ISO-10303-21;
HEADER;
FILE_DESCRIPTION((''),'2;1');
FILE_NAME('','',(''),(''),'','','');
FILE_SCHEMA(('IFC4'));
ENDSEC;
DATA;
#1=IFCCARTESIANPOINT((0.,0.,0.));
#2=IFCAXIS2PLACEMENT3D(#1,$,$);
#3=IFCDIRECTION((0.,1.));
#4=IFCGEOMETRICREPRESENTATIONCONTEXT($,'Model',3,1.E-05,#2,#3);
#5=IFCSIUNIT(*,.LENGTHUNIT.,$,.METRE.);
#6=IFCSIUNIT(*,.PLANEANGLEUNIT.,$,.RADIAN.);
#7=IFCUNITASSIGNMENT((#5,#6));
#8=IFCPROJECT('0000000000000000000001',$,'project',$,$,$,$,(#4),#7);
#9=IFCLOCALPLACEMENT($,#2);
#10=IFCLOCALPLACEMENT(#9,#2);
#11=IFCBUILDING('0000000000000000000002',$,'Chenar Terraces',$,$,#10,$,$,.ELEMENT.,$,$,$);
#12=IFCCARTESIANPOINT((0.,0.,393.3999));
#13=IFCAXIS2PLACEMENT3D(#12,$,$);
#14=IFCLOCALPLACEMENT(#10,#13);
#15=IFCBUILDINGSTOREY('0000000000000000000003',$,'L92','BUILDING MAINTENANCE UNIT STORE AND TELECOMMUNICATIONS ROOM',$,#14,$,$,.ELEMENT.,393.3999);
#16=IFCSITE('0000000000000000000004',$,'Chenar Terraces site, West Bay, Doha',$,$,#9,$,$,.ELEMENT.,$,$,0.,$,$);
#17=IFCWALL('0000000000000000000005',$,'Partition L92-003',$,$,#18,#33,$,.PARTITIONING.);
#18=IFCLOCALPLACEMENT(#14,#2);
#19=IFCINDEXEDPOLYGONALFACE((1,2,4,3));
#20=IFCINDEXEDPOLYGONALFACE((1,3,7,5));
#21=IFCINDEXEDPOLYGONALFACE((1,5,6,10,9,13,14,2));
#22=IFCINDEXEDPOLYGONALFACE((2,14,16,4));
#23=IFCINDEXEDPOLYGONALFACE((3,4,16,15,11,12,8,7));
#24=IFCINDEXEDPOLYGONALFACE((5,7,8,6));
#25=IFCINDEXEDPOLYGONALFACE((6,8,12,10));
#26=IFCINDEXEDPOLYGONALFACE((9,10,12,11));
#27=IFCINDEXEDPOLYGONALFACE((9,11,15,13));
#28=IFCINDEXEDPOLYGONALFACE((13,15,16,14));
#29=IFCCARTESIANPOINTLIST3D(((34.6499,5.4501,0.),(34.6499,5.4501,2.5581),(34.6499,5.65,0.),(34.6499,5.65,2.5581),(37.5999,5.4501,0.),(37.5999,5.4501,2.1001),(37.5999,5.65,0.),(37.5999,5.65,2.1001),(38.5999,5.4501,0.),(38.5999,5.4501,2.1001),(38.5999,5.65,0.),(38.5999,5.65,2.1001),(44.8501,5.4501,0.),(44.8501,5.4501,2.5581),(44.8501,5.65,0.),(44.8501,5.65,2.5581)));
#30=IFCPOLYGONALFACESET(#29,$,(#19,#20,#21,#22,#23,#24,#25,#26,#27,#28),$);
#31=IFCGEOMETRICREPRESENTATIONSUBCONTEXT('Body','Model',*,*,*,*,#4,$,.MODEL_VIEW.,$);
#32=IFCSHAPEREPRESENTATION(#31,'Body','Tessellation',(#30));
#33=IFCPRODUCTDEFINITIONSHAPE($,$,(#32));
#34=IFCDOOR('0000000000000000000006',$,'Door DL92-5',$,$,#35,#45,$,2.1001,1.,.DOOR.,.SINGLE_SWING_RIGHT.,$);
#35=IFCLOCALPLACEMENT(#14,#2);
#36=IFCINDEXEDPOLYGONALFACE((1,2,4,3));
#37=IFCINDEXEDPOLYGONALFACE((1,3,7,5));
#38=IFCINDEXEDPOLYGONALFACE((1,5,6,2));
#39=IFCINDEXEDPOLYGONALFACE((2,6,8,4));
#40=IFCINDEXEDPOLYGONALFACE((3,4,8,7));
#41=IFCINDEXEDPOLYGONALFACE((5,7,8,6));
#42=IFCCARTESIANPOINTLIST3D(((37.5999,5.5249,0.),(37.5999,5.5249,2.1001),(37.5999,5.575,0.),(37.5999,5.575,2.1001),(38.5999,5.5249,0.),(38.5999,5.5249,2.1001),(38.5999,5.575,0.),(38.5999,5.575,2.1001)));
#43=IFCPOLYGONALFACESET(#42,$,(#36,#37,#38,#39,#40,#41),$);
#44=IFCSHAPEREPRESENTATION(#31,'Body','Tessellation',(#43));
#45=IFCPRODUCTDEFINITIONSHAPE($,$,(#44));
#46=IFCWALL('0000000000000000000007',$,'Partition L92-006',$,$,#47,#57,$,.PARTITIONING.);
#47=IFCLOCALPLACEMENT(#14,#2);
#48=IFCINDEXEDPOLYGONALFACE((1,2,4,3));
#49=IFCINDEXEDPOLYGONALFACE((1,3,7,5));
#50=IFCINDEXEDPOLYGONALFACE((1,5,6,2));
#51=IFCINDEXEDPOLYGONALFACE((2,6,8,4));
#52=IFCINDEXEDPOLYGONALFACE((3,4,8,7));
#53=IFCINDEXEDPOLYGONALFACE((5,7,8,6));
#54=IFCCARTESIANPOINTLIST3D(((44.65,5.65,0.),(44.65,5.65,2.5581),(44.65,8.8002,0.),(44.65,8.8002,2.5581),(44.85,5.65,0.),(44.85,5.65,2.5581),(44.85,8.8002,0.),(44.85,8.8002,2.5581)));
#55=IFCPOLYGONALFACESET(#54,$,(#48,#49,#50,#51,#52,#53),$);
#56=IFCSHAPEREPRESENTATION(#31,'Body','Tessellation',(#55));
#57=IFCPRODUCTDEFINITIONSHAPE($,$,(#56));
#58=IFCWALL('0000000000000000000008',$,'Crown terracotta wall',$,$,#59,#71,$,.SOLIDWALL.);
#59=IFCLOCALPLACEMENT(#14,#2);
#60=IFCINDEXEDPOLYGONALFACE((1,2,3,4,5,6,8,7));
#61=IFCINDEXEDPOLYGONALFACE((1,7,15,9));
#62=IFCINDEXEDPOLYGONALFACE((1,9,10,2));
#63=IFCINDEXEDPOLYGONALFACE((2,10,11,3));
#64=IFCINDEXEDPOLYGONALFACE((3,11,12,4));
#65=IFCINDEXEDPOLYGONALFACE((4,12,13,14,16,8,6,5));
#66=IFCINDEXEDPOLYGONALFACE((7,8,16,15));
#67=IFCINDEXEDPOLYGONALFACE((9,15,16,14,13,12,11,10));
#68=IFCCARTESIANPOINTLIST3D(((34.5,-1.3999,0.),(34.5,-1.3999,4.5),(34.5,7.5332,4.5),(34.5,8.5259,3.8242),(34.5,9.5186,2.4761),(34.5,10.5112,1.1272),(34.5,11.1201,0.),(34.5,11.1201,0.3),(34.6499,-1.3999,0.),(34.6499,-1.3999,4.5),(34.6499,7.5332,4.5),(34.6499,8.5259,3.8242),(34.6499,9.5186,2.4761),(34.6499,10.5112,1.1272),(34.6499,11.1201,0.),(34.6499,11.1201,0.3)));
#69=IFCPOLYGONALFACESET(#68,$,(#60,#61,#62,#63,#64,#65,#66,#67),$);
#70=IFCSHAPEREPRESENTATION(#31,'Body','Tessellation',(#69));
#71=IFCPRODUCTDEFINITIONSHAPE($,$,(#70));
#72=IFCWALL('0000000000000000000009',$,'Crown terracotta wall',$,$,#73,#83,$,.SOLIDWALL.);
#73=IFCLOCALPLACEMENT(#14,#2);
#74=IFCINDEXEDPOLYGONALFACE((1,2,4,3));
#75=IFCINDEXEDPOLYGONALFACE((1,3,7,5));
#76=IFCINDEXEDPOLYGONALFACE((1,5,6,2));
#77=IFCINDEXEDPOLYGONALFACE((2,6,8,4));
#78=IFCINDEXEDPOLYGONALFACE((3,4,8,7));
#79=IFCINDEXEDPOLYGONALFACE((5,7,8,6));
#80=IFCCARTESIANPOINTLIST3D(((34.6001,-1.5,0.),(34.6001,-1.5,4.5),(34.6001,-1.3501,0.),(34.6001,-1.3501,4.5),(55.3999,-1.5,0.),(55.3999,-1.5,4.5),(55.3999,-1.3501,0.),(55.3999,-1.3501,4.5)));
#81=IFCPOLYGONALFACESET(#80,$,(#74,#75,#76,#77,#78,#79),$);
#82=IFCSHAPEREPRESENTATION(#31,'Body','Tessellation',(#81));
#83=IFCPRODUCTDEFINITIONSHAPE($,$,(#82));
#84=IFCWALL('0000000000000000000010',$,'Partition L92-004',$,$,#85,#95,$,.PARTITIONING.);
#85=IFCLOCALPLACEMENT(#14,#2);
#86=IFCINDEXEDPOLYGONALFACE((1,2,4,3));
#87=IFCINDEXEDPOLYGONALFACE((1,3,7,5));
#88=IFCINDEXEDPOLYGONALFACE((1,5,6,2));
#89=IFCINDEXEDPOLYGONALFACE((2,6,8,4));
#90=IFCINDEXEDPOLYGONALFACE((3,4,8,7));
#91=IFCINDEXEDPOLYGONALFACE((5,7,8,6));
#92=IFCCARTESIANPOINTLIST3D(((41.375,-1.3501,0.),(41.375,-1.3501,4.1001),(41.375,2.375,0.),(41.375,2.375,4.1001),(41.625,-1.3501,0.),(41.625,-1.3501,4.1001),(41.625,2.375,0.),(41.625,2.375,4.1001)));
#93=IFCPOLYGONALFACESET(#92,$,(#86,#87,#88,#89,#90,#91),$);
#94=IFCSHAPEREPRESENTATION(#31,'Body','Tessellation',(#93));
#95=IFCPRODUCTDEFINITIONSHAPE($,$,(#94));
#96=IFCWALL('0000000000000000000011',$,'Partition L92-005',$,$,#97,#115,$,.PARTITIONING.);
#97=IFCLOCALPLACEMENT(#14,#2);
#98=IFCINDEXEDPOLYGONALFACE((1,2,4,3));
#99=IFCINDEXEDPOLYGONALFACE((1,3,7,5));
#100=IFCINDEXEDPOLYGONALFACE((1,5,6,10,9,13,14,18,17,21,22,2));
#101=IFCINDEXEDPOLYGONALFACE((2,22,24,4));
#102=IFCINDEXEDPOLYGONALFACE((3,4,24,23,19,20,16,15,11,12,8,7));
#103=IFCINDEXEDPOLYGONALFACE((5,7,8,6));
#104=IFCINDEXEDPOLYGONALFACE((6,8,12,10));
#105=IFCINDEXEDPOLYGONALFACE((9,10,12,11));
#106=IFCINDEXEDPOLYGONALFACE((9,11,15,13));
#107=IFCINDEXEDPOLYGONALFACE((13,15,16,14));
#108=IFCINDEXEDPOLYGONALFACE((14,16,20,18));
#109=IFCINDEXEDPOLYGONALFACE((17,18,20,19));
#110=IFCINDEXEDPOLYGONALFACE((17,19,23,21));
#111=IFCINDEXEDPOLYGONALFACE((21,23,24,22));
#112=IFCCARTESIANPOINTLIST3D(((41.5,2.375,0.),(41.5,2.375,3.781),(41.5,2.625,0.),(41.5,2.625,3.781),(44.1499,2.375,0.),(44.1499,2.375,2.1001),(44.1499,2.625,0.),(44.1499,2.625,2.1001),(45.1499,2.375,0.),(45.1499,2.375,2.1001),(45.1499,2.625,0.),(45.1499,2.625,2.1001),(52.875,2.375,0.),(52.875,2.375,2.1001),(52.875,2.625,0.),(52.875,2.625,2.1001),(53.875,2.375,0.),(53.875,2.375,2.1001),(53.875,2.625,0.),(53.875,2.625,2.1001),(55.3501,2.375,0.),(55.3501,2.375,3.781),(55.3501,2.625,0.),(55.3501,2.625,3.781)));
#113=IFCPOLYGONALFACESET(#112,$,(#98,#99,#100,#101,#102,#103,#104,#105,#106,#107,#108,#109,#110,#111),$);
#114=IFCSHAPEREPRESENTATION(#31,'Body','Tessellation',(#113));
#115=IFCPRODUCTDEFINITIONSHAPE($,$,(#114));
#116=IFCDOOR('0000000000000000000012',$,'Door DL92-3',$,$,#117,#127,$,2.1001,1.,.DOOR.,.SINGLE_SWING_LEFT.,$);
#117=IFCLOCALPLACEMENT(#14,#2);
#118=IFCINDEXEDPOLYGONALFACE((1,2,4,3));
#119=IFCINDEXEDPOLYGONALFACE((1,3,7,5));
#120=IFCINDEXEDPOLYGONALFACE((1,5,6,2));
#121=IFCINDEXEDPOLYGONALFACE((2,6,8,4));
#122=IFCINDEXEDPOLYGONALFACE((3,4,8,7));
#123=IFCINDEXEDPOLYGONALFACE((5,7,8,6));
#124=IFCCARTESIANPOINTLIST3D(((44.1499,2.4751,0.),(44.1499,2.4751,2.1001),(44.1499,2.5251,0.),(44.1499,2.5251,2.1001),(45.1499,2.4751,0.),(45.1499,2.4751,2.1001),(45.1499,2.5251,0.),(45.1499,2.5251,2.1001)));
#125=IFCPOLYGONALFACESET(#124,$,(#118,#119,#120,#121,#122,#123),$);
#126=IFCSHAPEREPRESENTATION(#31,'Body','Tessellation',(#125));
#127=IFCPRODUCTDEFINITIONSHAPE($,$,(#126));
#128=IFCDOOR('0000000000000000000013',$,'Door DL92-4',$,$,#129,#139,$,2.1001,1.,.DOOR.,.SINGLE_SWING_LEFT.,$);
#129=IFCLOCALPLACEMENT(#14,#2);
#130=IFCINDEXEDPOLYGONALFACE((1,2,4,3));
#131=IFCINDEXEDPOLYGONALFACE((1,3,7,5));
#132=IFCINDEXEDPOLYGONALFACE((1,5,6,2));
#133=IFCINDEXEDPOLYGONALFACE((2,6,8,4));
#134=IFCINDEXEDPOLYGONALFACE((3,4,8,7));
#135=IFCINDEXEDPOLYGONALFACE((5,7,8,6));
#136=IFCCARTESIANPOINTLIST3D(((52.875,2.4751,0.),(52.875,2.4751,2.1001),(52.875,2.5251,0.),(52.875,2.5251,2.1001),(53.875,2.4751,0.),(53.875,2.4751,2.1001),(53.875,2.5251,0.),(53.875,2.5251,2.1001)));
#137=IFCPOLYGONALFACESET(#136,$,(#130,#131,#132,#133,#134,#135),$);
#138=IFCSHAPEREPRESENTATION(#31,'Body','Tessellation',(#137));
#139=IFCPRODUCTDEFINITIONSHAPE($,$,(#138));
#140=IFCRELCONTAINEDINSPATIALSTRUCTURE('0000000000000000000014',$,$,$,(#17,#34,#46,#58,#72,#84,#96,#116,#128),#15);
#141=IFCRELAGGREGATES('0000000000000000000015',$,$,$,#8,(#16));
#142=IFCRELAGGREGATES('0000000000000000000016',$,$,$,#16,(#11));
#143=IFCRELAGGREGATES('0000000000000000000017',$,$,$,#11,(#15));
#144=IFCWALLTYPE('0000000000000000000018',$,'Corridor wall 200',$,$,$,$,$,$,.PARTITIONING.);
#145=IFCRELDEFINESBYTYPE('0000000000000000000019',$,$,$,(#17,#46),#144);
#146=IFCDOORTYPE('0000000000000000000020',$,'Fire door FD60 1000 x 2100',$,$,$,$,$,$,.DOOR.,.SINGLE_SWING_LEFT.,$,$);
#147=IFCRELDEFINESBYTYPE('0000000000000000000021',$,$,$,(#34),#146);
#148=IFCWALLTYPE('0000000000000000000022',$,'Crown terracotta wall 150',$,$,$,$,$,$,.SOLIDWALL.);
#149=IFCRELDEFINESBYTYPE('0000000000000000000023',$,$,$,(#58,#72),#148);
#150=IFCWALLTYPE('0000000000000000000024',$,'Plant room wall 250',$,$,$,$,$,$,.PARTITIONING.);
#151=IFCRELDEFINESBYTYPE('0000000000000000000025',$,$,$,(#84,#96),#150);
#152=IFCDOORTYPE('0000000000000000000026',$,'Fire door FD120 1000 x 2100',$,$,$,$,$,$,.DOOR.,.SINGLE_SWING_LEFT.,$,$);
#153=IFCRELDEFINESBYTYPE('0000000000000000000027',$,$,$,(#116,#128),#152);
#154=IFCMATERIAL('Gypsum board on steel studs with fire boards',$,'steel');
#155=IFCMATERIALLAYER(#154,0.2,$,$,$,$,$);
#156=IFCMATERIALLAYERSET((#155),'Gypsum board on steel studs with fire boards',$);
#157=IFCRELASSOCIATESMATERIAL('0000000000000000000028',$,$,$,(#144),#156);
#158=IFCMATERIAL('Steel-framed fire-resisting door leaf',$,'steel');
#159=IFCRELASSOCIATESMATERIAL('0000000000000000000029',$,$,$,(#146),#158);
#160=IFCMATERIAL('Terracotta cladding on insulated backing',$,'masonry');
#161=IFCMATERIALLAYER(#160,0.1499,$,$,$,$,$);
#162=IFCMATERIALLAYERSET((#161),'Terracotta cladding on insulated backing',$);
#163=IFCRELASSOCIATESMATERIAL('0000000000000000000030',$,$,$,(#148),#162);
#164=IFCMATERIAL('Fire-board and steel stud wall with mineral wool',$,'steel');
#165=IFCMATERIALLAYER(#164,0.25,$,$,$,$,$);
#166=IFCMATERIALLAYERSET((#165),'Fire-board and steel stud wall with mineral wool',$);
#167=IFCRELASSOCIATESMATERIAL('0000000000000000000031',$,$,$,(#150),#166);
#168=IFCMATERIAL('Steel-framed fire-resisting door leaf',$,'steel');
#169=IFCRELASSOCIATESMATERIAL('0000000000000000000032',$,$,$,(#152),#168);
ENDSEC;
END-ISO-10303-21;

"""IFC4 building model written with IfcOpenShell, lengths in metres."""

from ifc_helpers import new_model, si_unit, direction, frame, frame_2d, origin, place, context, subcontext, project, spatial, polyline, rectangle, outline, extrude, material, layer, layer_set, type_object, element, fill, save


model = new_model("IFC4")

# Units and contexts
model_context = context("Model", 3, precision=1e-05, world=origin(), true_north=direction((0.0, 1.0)))
body_context = subcontext(model_context, "Body", "Model", "MODEL_VIEW")
ifc_project = project(units=[si_unit("LENGTHUNIT", "METRE"), si_unit("PLANEANGLEUNIT", "RADIAN")], contexts=[model_context])

# Site, building, storey
site_placement = place(None, origin())
site = spatial("IfcSite", under=ifc_project, at=site_placement, Name="Chenar Terraces site, West Bay, Doha", CompositionType="ELEMENT", RefElevation=0.0)
building_placement = place(site_placement, origin())
building = spatial("IfcBuilding", under=site, at=building_placement, Name="Chenar Terraces", CompositionType="ELEMENT")
storey_placement = place(building_placement, frame((0.0, 0.0, 393.3999)))
storey = spatial("IfcBuildingStorey", under=building, at=storey_placement, Name="L92", Description="BUILDING MAINTENANCE UNIT STORE AND TELECOMMUNICATIONS ROOM", CompositionType="ELEMENT", Elevation=393.3999)

# Wall, opening, door
ifc_material_1 = material(Name="Gypsum board on steel studs with fire boards", Category="steel")
ifc_layer_1 = layer(ifc_material_1, 0.2)
ifc_layer_set_1 = layer_set([ifc_layer_1], Name="Gypsum board on steel studs with fire boards")
wall_type_1 = type_object("IfcWallType", Name="Corridor wall 200", PredefinedType="PARTITIONING", material=ifc_layer_set_1)
ifc_material_2 = material(Name="Steel-framed fire-resisting door leaf", Category="steel")
door_type_1 = type_object("IfcDoorType", Name="Fire door FD60 1000 x 2100", OperationType="SINGLE_SWING_LEFT", PredefinedType="DOOR", material=ifc_material_2)
wall_1_placement = place(storey_placement, frame((34.6499, 5.55, 0.0), z_axis=(0.0, 0.0, 1.0), x_axis=(1.0, 0.0, 0.0)))
wall_1 = element("IfcWall", 1, at=wall_1_placement, inside=storey, type_object=wall_type_1, Name="Partition L92-003", PredefinedType="PARTITIONING", context=body_context, shape_type="SweptSolid", body=[
    extrude(rectangle(XDim=10.2002, YDim=0.2, at=frame_2d((5.1001, 0.0))), origin(), (0.0, 0.0, 1.0), 2.5581),
])
opening_1_placement = place(wall_1_placement, frame((2.95, 0.0, 0.0)))
opening_1 = element("IfcOpeningElement", 2, at=opening_1_placement, cuts=wall_1, PredefinedType="OPENING", context=body_context, shape_type="SweptSolid", body=[
    extrude(rectangle(XDim=1.0, YDim=2.1001, at=frame_2d((0.5, 1.05))), frame((0.0, 0.1099, 0.0), z_axis=(0.0, -1.0, 0.0), x_axis=(1.0, 0.0, 0.0)), (0.0, 0.0, 1.0), 0.22),
])
door_1_placement = place(opening_1_placement, origin())
door_1 = element("IfcDoor", 3, at=door_1_placement, inside=storey, type_object=door_type_1, Name="Door DL92-5", OperationType="SINGLE_SWING_RIGHT", OverallHeight=2.1001, OverallWidth=1.0, PredefinedType="DOOR", context=body_context, shape_type="SweptSolid", body=[
    extrude(rectangle(XDim=1.0, YDim=2.1001, at=frame_2d((0.5, 1.05))), frame((0.0, 0.0249, 0.0), z_axis=(0.0, -1.0, 0.0), x_axis=(1.0, 0.0, 0.0)), (0.0, 0.0, 1.0), 0.05),
])
fill(opening_1, door_1)

# Walls
wall_2_placement = place(storey_placement, frame((44.75, 5.6499, 0.0), z_axis=(0.0, 0.0, 1.0), x_axis=(0.0, 1.0, 0.0)))
element("IfcWall", 4, at=wall_2_placement, inside=storey, type_object=wall_type_1, Name="Partition L92-006", PredefinedType="PARTITIONING", context=body_context, shape_type="SweptSolid", body=[
    extrude(rectangle(XDim=3.1501, YDim=0.2, at=frame_2d((1.5752, 0.0))), origin(), (0.0, 0.0, 1.0), 2.5581),
])
ifc_material_3 = material(Name="Terracotta cladding on insulated backing", Category="masonry")
ifc_layer_2 = layer(ifc_material_3, 0.1499)
ifc_layer_set_2 = layer_set([ifc_layer_2], Name="Terracotta cladding on insulated backing")
wall_type_2 = type_object("IfcWallType", Name="Crown terracotta wall 150", PredefinedType="SOLIDWALL", material=ifc_layer_set_2)
wall_3_placement = place(storey_placement, frame((34.575, 11.1201, 0.0), z_axis=(0.0, 0.0, 1.0), x_axis=(0.0, -1.0, 0.0)))
element("IfcWall", 5, at=wall_3_placement, inside=storey, type_object=wall_type_2, Name="Crown terracotta wall", PredefinedType="SOLIDWALL", context=body_context, shape_type="SweptSolid", body=[
    extrude(outline(polyline([(0.0, 0.0), (12.52, 0.0), (12.52, 4.5), (3.5869, 4.5), (2.5942, 3.8242), (1.6016, 2.4761), (0.6089, 1.1272), (0.0, 0.3), (0.0, 0.0)])), frame((0.0, 0.075, 0.0), z_axis=(0.0, -1.0, 0.0), x_axis=(1.0, 0.0, 0.0)), (0.0, 0.0, 1.0), 0.1499),
])
wall_4_placement = place(storey_placement, frame((34.6001, -1.425, 0.0), z_axis=(0.0, 0.0, 1.0), x_axis=(1.0, 0.0, 0.0)))
element("IfcWall", 6, at=wall_4_placement, inside=storey, type_object=wall_type_2, Name="Crown terracotta wall", PredefinedType="SOLIDWALL", context=body_context, shape_type="SweptSolid", body=[
    extrude(rectangle(XDim=20.7998, YDim=0.1499, at=frame_2d((10.3999, 0.0))), origin(), (0.0, 0.0, 1.0), 4.5),
])
ifc_material_4 = material(Name="Fire-board and steel stud wall with mineral wool", Category="steel")
ifc_layer_3 = layer(ifc_material_4, 0.25)
ifc_layer_set_3 = layer_set([ifc_layer_3], Name="Fire-board and steel stud wall with mineral wool")
wall_type_3 = type_object("IfcWallType", Name="Plant room wall 250", PredefinedType="PARTITIONING", material=ifc_layer_set_3)
wall_5_placement = place(storey_placement, frame((41.5, -1.3501, 0.0), z_axis=(0.0, 0.0, 1.0), x_axis=(0.0, 1.0, 0.0)))
element("IfcWall", 7, at=wall_5_placement, inside=storey, type_object=wall_type_3, Name="Partition L92-004", PredefinedType="PARTITIONING", context=body_context, shape_type="SweptSolid", body=[
    extrude(rectangle(XDim=3.7251, YDim=0.25, at=frame_2d((1.8625, 0.0))), origin(), (0.0, 0.0, 1.0), 4.1001),
])

# Wall, openings, doors
wall_6_placement = place(storey_placement, frame((41.5, 2.5, 0.0), z_axis=(0.0, 0.0, 1.0), x_axis=(1.0, 0.0, 0.0)))
wall_6 = element("IfcWall", 8, at=wall_6_placement, inside=storey, type_object=wall_type_3, Name="Partition L92-005", PredefinedType="PARTITIONING", context=body_context, shape_type="SweptSolid", body=[
    extrude(rectangle(XDim=13.8501, YDim=0.25, at=frame_2d((6.925, 0.0))), origin(), (0.0, 0.0, 1.0), 3.781),
])
opening_2_placement = place(wall_6_placement, frame((2.6499, 0.0, 0.0)))
opening_2 = element("IfcOpeningElement", 9, at=opening_2_placement, cuts=wall_6, PredefinedType="OPENING", context=body_context, shape_type="SweptSolid", body=[
    extrude(rectangle(XDim=1.0, YDim=2.1001, at=frame_2d((0.5, 1.05))), frame((0.0, 0.135, 0.0), z_axis=(0.0, -1.0, 0.0), x_axis=(1.0, 0.0, 0.0)), (0.0, 0.0, 1.0), 0.27),
])
opening_3_placement = place(wall_6_placement, frame((11.375, 0.0, 0.0)))
opening_3 = element("IfcOpeningElement", 10, at=opening_3_placement, cuts=wall_6, PredefinedType="OPENING", context=body_context, shape_type="SweptSolid", body=[
    extrude(rectangle(XDim=1.0, YDim=2.1001, at=frame_2d((0.5, 1.05))), frame((0.0, 0.135, 0.0), z_axis=(0.0, -1.0, 0.0), x_axis=(1.0, 0.0, 0.0)), (0.0, 0.0, 1.0), 0.27),
])
ifc_material_5 = material(Name="Steel-framed fire-resisting door leaf", Category="steel")
door_type_2 = type_object("IfcDoorType", Name="Fire door FD120 1000 x 2100", OperationType="SINGLE_SWING_LEFT", PredefinedType="DOOR", material=ifc_material_5)
door_2_placement = place(opening_2_placement, frame((1.0, 0.0, 0.0), z_axis=(0.0, 0.0, 1.0), x_axis=(-1.0, 0.0, 0.0)))
door_2 = element("IfcDoor", 11, at=door_2_placement, inside=storey, type_object=door_type_2, Name="Door DL92-3", OperationType="SINGLE_SWING_LEFT", OverallHeight=2.1001, OverallWidth=1.0, PredefinedType="DOOR", context=body_context, shape_type="SweptSolid", body=[
    extrude(rectangle(XDim=1.0, YDim=2.1001, at=frame_2d((0.5, 1.05))), frame((0.0, 0.0249, 0.0), z_axis=(0.0, -1.0, 0.0), x_axis=(1.0, 0.0, 0.0)), (0.0, 0.0, 1.0), 0.05),
])
fill(opening_2, door_2)
door_3_placement = place(opening_3_placement, frame((1.0, 0.0, 0.0), z_axis=(0.0, 0.0, 1.0), x_axis=(-1.0, 0.0, 0.0)))
door_3 = element("IfcDoor", 12, at=door_3_placement, inside=storey, type_object=door_type_2, Name="Door DL92-4", OperationType="SINGLE_SWING_LEFT", OverallHeight=2.1001, OverallWidth=1.0, PredefinedType="DOOR", context=body_context, shape_type="SweptSolid", body=[
    extrude(rectangle(XDim=1.0, YDim=2.1001, at=frame_2d((0.5, 1.05))), frame((0.0, 0.0249, 0.0), z_axis=(0.0, -1.0, 0.0), x_axis=(1.0, 0.0, 0.0)), (0.0, 0.0, 1.0), 0.05),
])
fill(opening_3, door_3)

save(model, "model.ifc")
